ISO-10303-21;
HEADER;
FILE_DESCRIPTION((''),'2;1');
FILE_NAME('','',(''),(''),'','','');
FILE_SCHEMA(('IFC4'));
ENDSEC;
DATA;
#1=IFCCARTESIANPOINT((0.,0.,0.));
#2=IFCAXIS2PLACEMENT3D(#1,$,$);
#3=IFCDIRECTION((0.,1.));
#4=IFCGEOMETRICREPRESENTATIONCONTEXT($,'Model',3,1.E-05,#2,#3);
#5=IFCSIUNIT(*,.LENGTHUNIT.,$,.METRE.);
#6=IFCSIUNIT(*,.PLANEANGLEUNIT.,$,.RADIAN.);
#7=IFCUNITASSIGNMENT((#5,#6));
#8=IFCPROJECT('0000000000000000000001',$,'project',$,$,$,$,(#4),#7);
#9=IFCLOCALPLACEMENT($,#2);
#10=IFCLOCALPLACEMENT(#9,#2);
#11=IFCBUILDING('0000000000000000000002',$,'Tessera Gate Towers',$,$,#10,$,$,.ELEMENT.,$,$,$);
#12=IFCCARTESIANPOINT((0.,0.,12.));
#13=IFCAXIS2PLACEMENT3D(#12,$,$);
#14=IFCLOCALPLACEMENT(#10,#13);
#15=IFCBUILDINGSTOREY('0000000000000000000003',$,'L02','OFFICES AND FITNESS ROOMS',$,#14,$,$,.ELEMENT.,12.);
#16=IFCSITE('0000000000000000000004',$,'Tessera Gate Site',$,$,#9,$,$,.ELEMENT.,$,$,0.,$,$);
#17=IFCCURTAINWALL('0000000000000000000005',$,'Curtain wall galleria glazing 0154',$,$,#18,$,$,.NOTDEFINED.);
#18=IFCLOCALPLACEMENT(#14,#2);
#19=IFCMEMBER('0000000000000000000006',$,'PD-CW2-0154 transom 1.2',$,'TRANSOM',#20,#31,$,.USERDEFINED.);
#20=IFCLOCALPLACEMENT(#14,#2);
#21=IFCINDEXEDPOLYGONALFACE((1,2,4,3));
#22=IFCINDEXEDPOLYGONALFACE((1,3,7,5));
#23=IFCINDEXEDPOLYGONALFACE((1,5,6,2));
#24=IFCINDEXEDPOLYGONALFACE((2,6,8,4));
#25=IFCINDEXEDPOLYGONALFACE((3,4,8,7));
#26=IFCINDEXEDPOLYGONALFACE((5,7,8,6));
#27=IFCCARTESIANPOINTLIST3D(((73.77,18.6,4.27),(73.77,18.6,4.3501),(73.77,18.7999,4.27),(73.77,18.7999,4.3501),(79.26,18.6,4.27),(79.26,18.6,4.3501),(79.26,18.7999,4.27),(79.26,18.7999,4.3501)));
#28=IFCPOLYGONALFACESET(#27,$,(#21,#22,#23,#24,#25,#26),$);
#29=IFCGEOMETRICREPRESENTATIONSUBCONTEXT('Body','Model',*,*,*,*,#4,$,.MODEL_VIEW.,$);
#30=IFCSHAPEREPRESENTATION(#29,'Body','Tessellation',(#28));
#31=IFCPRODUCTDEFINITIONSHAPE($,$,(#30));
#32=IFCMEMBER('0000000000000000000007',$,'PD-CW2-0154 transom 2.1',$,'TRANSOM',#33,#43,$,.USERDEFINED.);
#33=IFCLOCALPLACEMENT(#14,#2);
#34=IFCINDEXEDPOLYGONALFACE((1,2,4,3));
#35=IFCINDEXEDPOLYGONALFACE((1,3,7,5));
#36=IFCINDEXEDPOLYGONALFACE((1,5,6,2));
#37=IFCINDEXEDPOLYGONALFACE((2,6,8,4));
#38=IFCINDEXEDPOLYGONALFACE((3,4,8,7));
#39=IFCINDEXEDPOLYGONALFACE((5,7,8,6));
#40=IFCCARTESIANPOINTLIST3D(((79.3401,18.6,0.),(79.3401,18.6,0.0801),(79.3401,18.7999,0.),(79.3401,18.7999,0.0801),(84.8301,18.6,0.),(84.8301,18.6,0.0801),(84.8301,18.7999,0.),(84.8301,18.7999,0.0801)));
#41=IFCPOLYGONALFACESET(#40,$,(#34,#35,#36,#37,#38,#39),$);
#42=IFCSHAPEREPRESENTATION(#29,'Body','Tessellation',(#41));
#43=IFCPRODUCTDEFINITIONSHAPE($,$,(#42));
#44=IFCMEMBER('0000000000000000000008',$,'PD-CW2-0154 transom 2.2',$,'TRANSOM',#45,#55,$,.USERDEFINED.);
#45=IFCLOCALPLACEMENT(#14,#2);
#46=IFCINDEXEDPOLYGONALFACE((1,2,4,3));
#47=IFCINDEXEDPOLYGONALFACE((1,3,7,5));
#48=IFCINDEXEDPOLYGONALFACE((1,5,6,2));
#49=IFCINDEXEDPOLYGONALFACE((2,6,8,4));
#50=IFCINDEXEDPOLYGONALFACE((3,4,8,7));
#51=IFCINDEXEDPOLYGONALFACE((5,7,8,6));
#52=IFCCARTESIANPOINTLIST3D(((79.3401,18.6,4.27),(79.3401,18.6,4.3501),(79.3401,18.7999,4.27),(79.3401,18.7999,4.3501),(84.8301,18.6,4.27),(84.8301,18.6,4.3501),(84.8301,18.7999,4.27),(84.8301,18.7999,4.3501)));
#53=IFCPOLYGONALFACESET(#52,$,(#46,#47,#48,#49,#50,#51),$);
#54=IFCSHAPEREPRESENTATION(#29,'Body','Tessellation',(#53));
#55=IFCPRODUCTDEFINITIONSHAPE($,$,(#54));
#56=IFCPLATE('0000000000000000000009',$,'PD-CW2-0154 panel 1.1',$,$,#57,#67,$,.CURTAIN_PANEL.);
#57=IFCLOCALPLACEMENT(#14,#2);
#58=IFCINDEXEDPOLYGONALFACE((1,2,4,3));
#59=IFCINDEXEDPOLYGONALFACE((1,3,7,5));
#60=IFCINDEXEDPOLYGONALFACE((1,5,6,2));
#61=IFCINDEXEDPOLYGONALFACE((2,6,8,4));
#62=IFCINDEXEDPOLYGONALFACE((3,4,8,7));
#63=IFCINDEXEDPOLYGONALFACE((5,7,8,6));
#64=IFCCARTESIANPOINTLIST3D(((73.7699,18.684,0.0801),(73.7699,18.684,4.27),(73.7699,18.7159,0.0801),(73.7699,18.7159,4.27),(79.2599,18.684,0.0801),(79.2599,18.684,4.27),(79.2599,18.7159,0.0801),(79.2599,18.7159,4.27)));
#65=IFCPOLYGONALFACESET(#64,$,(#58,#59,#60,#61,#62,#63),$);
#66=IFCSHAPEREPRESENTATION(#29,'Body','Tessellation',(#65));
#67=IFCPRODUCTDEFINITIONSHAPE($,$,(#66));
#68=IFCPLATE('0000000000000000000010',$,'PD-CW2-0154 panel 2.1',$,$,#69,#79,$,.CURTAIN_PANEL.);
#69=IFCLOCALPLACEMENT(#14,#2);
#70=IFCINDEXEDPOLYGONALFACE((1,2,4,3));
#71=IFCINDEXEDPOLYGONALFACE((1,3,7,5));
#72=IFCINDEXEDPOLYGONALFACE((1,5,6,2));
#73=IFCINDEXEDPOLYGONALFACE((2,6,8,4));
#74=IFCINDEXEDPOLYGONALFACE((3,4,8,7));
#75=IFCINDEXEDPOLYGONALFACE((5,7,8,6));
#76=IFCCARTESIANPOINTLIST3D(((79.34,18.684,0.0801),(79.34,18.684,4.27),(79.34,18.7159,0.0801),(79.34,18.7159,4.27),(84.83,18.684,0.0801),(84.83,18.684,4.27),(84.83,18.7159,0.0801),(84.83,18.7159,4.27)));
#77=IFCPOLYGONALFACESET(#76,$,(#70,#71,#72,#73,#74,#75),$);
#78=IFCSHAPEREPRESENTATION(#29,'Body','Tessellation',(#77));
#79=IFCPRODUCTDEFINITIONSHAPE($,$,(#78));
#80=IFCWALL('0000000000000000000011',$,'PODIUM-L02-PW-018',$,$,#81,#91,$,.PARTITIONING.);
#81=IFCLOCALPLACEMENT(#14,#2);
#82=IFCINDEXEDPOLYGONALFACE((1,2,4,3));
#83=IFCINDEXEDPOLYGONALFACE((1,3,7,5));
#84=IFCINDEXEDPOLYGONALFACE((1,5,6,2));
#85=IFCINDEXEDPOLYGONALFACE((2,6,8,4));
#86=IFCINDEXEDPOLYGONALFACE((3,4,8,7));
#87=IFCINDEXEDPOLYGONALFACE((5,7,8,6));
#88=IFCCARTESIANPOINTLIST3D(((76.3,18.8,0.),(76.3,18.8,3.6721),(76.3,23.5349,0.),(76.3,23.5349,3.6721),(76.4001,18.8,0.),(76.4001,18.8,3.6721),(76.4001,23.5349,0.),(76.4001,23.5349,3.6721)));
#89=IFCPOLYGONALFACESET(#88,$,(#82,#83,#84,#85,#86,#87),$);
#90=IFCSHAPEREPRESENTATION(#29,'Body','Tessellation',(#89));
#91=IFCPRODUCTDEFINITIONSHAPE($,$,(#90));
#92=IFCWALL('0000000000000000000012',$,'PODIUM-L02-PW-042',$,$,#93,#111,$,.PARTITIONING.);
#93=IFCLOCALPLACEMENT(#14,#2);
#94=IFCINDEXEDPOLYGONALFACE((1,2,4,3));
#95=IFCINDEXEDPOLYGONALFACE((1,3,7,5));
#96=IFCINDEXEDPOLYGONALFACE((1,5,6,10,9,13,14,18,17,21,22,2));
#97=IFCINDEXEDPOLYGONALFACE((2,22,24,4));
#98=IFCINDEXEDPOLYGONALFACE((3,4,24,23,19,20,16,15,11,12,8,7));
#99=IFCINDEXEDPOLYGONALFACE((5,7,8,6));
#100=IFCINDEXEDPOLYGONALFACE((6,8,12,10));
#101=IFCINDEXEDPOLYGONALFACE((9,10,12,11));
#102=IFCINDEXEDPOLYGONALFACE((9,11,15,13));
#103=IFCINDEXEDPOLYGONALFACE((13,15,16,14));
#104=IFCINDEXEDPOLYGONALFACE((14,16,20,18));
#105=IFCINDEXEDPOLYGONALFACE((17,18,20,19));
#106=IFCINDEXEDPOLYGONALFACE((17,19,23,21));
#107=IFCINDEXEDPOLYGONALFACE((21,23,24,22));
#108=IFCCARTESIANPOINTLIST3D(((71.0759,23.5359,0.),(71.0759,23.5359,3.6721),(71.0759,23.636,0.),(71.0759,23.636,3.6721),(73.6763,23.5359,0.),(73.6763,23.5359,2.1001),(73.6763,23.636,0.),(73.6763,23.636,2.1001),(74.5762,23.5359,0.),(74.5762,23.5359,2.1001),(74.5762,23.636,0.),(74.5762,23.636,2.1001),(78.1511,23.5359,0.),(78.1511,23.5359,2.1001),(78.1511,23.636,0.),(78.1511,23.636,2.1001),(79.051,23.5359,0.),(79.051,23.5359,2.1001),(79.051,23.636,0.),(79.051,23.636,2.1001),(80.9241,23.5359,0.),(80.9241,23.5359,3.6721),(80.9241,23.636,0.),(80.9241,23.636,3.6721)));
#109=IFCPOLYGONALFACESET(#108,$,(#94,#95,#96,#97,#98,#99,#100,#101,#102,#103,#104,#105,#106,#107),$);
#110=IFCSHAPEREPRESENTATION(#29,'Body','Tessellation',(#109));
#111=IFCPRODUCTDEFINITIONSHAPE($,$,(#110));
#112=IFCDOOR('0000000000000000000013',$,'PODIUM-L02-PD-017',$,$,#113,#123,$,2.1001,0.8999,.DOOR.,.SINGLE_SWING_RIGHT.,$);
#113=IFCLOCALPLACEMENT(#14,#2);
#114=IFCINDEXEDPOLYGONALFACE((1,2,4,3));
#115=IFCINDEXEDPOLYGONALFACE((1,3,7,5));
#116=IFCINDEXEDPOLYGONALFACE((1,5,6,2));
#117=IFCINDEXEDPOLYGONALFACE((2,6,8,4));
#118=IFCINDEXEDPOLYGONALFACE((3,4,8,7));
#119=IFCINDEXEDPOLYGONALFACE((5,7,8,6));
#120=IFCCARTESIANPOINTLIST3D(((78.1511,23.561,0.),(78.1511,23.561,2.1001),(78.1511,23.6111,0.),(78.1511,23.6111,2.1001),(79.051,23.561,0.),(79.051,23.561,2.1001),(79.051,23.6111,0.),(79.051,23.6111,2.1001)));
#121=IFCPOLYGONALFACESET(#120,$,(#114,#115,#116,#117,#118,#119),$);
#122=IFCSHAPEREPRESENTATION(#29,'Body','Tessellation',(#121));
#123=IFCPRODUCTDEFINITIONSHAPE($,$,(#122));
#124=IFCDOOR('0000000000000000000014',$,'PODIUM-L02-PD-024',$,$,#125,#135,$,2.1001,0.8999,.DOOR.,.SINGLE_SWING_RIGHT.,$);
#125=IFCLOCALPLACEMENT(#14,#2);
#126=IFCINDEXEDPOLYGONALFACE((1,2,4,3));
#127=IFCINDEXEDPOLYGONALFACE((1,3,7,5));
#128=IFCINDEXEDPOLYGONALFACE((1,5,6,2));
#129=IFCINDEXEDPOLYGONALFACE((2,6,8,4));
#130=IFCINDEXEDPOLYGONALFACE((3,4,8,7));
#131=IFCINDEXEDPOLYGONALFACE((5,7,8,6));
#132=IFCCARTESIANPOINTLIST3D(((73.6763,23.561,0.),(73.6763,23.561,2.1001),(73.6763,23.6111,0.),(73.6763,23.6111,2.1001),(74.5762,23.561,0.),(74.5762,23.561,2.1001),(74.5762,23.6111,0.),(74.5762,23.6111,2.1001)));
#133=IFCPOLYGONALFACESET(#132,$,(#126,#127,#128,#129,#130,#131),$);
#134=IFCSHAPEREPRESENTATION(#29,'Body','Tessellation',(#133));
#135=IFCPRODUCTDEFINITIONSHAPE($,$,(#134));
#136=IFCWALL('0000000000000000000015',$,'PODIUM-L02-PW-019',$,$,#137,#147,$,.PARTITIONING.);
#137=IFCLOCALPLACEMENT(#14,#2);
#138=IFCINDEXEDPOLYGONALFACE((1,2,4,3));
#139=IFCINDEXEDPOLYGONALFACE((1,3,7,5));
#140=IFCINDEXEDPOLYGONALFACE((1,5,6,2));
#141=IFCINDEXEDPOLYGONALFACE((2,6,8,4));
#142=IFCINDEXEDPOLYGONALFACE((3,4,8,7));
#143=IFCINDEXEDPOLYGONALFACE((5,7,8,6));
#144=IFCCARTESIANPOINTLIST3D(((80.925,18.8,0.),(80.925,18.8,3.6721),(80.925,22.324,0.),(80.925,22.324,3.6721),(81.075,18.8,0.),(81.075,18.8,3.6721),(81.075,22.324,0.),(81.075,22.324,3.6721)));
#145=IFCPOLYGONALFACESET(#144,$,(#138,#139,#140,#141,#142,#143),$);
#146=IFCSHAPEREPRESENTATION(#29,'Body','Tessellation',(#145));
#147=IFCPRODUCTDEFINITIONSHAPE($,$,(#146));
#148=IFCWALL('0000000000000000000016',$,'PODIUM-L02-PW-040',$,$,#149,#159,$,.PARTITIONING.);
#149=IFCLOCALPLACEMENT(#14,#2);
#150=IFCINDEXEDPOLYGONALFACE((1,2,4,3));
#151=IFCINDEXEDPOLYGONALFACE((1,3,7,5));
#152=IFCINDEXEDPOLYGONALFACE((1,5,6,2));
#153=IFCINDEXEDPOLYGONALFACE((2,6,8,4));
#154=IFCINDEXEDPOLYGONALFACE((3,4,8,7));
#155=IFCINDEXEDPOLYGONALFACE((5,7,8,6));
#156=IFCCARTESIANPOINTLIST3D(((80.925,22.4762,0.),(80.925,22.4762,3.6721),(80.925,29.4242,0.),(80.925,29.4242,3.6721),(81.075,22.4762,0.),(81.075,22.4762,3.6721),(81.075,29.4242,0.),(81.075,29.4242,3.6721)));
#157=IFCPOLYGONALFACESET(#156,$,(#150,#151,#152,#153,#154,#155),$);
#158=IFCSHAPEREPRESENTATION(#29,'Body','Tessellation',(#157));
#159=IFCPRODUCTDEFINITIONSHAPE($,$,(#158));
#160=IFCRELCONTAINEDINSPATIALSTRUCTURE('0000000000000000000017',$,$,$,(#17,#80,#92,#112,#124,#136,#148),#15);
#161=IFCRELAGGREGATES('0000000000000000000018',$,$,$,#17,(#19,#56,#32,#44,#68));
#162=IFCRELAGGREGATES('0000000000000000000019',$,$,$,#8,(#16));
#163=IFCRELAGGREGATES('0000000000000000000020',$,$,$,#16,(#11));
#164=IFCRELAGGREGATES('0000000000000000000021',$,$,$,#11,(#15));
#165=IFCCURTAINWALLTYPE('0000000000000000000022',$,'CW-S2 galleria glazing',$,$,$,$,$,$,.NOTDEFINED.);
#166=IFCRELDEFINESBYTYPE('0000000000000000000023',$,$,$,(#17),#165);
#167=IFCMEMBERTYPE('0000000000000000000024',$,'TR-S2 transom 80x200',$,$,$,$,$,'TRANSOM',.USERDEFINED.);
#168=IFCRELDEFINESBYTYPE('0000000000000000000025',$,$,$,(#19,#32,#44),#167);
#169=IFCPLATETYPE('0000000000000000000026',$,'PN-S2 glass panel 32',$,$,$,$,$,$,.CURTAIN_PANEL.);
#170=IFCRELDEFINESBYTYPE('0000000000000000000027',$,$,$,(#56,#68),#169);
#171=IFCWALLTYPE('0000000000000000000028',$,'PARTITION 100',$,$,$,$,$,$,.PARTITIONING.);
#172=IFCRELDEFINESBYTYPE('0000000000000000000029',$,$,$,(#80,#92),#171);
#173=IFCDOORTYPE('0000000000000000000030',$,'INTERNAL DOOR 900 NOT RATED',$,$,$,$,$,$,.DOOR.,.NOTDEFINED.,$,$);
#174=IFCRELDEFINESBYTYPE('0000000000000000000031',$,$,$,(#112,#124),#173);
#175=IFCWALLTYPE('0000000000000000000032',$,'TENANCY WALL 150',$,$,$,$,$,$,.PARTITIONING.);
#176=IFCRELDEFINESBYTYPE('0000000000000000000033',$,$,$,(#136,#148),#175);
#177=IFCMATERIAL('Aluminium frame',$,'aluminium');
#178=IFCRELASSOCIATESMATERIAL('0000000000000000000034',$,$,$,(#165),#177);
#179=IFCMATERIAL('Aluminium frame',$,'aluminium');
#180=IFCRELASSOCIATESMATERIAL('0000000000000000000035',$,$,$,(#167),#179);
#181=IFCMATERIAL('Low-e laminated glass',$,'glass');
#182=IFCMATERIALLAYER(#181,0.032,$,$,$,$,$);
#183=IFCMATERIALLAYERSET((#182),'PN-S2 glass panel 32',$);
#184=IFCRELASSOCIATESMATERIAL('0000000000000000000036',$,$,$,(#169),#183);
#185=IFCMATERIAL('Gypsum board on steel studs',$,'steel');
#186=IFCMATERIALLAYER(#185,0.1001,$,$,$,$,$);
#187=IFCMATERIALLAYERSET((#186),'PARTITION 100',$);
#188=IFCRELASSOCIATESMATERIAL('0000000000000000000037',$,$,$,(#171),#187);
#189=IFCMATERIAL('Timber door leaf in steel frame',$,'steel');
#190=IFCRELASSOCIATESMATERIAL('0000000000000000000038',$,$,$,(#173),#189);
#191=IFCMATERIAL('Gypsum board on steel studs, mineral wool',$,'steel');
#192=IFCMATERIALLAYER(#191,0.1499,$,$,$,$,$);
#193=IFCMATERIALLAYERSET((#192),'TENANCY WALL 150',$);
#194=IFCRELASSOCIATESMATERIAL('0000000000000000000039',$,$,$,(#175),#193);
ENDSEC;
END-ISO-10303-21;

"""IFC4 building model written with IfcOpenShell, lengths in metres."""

from ifc_helpers import new_model, si_unit, direction, frame, frame_2d, origin, origin_2d, place, context, subcontext, project, spatial, rectangle, extrude, source, transform, mapped, material, layer, layer_set, material_profile, profile_set, type_object, element, fill, aggregate, save


model = new_model("IFC4")

# Units and contexts
model_context = context("Model", 3, precision=1e-05, world=origin(), true_north=direction((0.0, 1.0)))
body_context = subcontext(model_context, "Body", "Model", "MODEL_VIEW")
ifc_project = project(units=[si_unit("LENGTHUNIT", "METRE"), si_unit("PLANEANGLEUNIT", "RADIAN")], contexts=[model_context])

# Site, building, storey
site_placement = place(None, origin())
site = spatial("IfcSite", under=ifc_project, at=site_placement, Name="Tessera Gate Site", CompositionType="ELEMENT", RefElevation=0.0)
building_placement = place(site_placement, origin())
building = spatial("IfcBuilding", under=site, at=building_placement, Name="Tessera Gate Towers", CompositionType="ELEMENT")
storey_placement = place(building_placement, frame((0.0, 0.0, 12.0)))
storey = spatial("IfcBuildingStorey", under=building, at=storey_placement, Name="L02", Description="OFFICES AND FITNESS ROOMS", CompositionType="ELEMENT", Elevation=12.0)

# Curtain wall, members, plates
ifc_material_1 = material(Name="Aluminium frame", Category="aluminium")
curtain_wall_type = type_object("IfcCurtainWallType", Name="CW-S2 galleria glazing", PredefinedType="NOTDEFINED", material=ifc_material_1)
curtain_wall_placement = place(storey_placement, origin())
curtain_wall = element("IfcCurtainWall", 1, at=curtain_wall_placement, inside=storey, type_object=curtain_wall_type, Name="Curtain wall galleria glazing 0154", PredefinedType="NOTDEFINED")
ifc_material_2 = material(Name="Aluminium frame", Category="aluminium")
ifc_material_profile_1 = material_profile(ifc_material_2, rectangle(XDim=0.2, YDim=0.0801, at=origin_2d()), Name="AL 80x200")
ifc_profile_set_1 = profile_set([ifc_material_profile_1], Name="Aluminium frame")
member_type_1 = type_object("IfcMemberType", Name="TR-S2 transom 80x200", ElementType="TRANSOM", PredefinedType="USERDEFINED", material=ifc_profile_set_1)
member_1_placement = place(storey_placement, frame((73.77, 18.7, 4.3101), z_axis=(1.0, 0.0, 0.0), x_axis=(0.0, 1.0, 0.0)))
member_1 = element("IfcMember", 2, at=member_1_placement, type_object=member_type_1, Name="PD-CW2-0154 transom 1.2", ObjectType="TRANSOM", PredefinedType="USERDEFINED", context=body_context, shape_type="SweptSolid", body=[
    extrude(rectangle(XDim=0.2, YDim=0.0801, at=origin_2d()), origin(), (0.0, 0.0, 1.0), 5.49),
])
member_2_placement = place(storey_placement, frame((79.3401, 18.7, 0.04), z_axis=(1.0, 0.0, 0.0), x_axis=(0.0, 1.0, 0.0)))
member_2 = element("IfcMember", 3, at=member_2_placement, type_object=member_type_1, Name="PD-CW2-0154 transom 2.1", ObjectType="TRANSOM", PredefinedType="USERDEFINED", context=body_context, shape_type="SweptSolid", body=[
    extrude(rectangle(XDim=0.2, YDim=0.0801, at=origin_2d()), origin(), (0.0, 0.0, 1.0), 5.49),
])
member_3_placement = place(storey_placement, frame((79.3401, 18.7, 4.3101), z_axis=(1.0, 0.0, 0.0), x_axis=(0.0, 1.0, 0.0)))
member_3 = element("IfcMember", 4, at=member_3_placement, type_object=member_type_1, Name="PD-CW2-0154 transom 2.2", ObjectType="TRANSOM", PredefinedType="USERDEFINED", context=body_context, shape_type="SweptSolid", body=[
    extrude(rectangle(XDim=0.2, YDim=0.0801, at=origin_2d()), origin(), (0.0, 0.0, 1.0), 5.49),
])
ifc_material_3 = material(Name="Low-e laminated glass", Category="glass")
ifc_layer_1 = layer(ifc_material_3, 0.032)
ifc_layer_set_1 = layer_set([ifc_layer_1], Name="PN-S2 glass panel 32")
plate_type = type_object("IfcPlateType", Name="PN-S2 glass panel 32", PredefinedType="CURTAIN_PANEL", material=ifc_layer_set_1)
plate_1_placement = place(storey_placement, frame((76.5149, 18.7, 0.0801), z_axis=(0.0, 0.0, 1.0), x_axis=(1.0, 0.0, 0.0)))
plate_1 = element("IfcPlate", 5, at=plate_1_placement, type_object=plate_type, Name="PD-CW2-0154 panel 1.1", PredefinedType="CURTAIN_PANEL", context=body_context, shape_type="SweptSolid", body=[
    extrude(rectangle(XDim=5.49, YDim=0.032, at=origin_2d()), origin(), (0.0, 0.0, 1.0), 4.1899),
])
plate_2_placement = place(storey_placement, frame((82.085, 18.7, 0.0801), z_axis=(0.0, 0.0, 1.0), x_axis=(1.0, 0.0, 0.0)))
plate_2 = element("IfcPlate", 6, at=plate_2_placement, type_object=plate_type, Name="PD-CW2-0154 panel 2.1", PredefinedType="CURTAIN_PANEL", context=body_context, shape_type="SweptSolid", body=[
    extrude(rectangle(XDim=5.49, YDim=0.032, at=origin_2d()), origin(), (0.0, 0.0, 1.0), 4.1899),
])
aggregate(curtain_wall, [member_1, plate_1, member_2, member_3, plate_2])

# Wall
ifc_material_4 = material(Name="Gypsum board on steel studs", Category="steel")
ifc_layer_2 = layer(ifc_material_4, 0.1001)
ifc_layer_set_2 = layer_set([ifc_layer_2], Name="PARTITION 100")
wall_type_1 = type_object("IfcWallType", Name="PARTITION 100", PredefinedType="PARTITIONING", material=ifc_layer_set_2)
wall_1_placement = place(storey_placement, frame((76.3501, 18.8, 0.0), z_axis=(0.0, 0.0, 1.0), x_axis=(0.0, 1.0, 0.0)))
element("IfcWall", 7, at=wall_1_placement, inside=storey, type_object=wall_type_1, Name="PODIUM-L02-PW-018", PredefinedType="PARTITIONING", context=body_context, shape_type="SweptSolid", body=[
    extrude(rectangle(XDim=4.7349, YDim=0.1001, at=frame_2d((2.3674, 0.0))), origin(), (0.0, 0.0, 1.0), 3.6721),
])

# Wall, openings, doors
wall_2_placement = place(storey_placement, frame((80.9241, 23.5859, 0.0), z_axis=(0.0, 0.0, 1.0), x_axis=(-1.0, 0.0, 0.0)))
wall_2 = element("IfcWall", 8, at=wall_2_placement, inside=storey, type_object=wall_type_1, Name="PODIUM-L02-PW-042", PredefinedType="PARTITIONING", context=body_context, shape_type="SweptSolid", body=[
    extrude(rectangle(XDim=9.8481, YDim=0.1001, at=frame_2d((4.9241, 0.0))), origin(), (0.0, 0.0, 1.0), 3.6721),
])
shared_shape_1 = source(origin(), body_context, "Body", "SweptSolid", [
    extrude(rectangle(XDim=0.8999, YDim=2.1001, at=frame_2d((0.45, 1.05))), frame((0.0, 0.0601, 0.0), z_axis=(0.0, -1.0, 0.0), x_axis=(1.0, 0.0, 0.0)), (0.0, 0.0, 1.0), 0.1201),
])
opening_1_placement = place(wall_2_placement, frame((1.873, 0.0, 0.0)))
opening_1 = element("IfcOpeningElement", 9, at=opening_1_placement, cuts=wall_2, PredefinedType="OPENING", context=body_context, shape_type="MappedRepresentation", body=[
    mapped(shared_shape_1, transform((0.0, 0.0, 0.0), scale=1.0)),
])
opening_2_placement = place(wall_2_placement, frame((6.3479, 0.0, 0.0)))
opening_2 = element("IfcOpeningElement", 10, at=opening_2_placement, cuts=wall_2, PredefinedType="OPENING", context=body_context, shape_type="MappedRepresentation", body=[
    mapped(shared_shape_1, transform((0.0, 0.0, 0.0), scale=1.0)),
])
ifc_material_5 = material(Name="Timber door leaf in steel frame", Category="steel")
door_type = type_object("IfcDoorType", Name="INTERNAL DOOR 900 NOT RATED", OperationType="NOTDEFINED", PredefinedType="DOOR", material=ifc_material_5)
shared_shape_2 = source(origin(), body_context, "Body", "SweptSolid", [
    extrude(rectangle(XDim=0.8999, YDim=2.1001, at=frame_2d((0.45, 1.05))), frame((0.0, 0.0249, 0.0), z_axis=(0.0, -1.0, 0.0), x_axis=(1.0, 0.0, 0.0)), (0.0, 0.0, 1.0), 0.05),
])
door_1_placement = place(opening_1_placement, origin())
door_1 = element("IfcDoor", 11, at=door_1_placement, inside=storey, type_object=door_type, Name="PODIUM-L02-PD-017", OperationType="SINGLE_SWING_RIGHT", OverallHeight=2.1001, OverallWidth=0.8999, PredefinedType="DOOR", context=body_context, shape_type="MappedRepresentation", body=[
    mapped(shared_shape_2, transform((0.0, 0.0, 0.0), scale=1.0)),
])
fill(opening_1, door_1)
door_2_placement = place(opening_2_placement, origin())
door_2 = element("IfcDoor", 12, at=door_2_placement, inside=storey, type_object=door_type, Name="PODIUM-L02-PD-024", OperationType="SINGLE_SWING_RIGHT", OverallHeight=2.1001, OverallWidth=0.8999, PredefinedType="DOOR", context=body_context, shape_type="MappedRepresentation", body=[
    mapped(shared_shape_2, transform((0.0, 0.0, 0.0), scale=1.0)),
])
fill(opening_2, door_2)

# Walls
ifc_material_6 = material(Name="Gypsum board on steel studs, mineral wool", Category="steel")
ifc_layer_3 = layer(ifc_material_6, 0.1499)
ifc_layer_set_3 = layer_set([ifc_layer_3], Name="TENANCY WALL 150")
wall_type_2 = type_object("IfcWallType", Name="TENANCY WALL 150", PredefinedType="PARTITIONING", material=ifc_layer_set_3)
wall_3_placement = place(storey_placement, frame((81.0, 18.8, 0.0), z_axis=(0.0, 0.0, 1.0), x_axis=(0.0, 1.0, 0.0)))
element("IfcWall", 13, at=wall_3_placement, inside=storey, type_object=wall_type_2, Name="PODIUM-L02-PW-019", PredefinedType="PARTITIONING", context=body_context, shape_type="SweptSolid", body=[
    extrude(rectangle(XDim=3.5239, YDim=0.1499, at=frame_2d((1.762, 0.0))), origin(), (0.0, 0.0, 1.0), 3.6721),
])
wall_4_placement = place(storey_placement, frame((81.0, 22.4761, 0.0), z_axis=(0.0, 0.0, 1.0), x_axis=(0.0, 1.0, 0.0)))
element("IfcWall", 14, at=wall_4_placement, inside=storey, type_object=wall_type_2, Name="PODIUM-L02-PW-040", PredefinedType="PARTITIONING", context=body_context, shape_type="SweptSolid", body=[
    extrude(rectangle(XDim=6.948, YDim=0.1499, at=frame_2d((3.4741, 0.0))), origin(), (0.0, 0.0, 1.0), 3.6721),
])

save(model, "model.ifc")
